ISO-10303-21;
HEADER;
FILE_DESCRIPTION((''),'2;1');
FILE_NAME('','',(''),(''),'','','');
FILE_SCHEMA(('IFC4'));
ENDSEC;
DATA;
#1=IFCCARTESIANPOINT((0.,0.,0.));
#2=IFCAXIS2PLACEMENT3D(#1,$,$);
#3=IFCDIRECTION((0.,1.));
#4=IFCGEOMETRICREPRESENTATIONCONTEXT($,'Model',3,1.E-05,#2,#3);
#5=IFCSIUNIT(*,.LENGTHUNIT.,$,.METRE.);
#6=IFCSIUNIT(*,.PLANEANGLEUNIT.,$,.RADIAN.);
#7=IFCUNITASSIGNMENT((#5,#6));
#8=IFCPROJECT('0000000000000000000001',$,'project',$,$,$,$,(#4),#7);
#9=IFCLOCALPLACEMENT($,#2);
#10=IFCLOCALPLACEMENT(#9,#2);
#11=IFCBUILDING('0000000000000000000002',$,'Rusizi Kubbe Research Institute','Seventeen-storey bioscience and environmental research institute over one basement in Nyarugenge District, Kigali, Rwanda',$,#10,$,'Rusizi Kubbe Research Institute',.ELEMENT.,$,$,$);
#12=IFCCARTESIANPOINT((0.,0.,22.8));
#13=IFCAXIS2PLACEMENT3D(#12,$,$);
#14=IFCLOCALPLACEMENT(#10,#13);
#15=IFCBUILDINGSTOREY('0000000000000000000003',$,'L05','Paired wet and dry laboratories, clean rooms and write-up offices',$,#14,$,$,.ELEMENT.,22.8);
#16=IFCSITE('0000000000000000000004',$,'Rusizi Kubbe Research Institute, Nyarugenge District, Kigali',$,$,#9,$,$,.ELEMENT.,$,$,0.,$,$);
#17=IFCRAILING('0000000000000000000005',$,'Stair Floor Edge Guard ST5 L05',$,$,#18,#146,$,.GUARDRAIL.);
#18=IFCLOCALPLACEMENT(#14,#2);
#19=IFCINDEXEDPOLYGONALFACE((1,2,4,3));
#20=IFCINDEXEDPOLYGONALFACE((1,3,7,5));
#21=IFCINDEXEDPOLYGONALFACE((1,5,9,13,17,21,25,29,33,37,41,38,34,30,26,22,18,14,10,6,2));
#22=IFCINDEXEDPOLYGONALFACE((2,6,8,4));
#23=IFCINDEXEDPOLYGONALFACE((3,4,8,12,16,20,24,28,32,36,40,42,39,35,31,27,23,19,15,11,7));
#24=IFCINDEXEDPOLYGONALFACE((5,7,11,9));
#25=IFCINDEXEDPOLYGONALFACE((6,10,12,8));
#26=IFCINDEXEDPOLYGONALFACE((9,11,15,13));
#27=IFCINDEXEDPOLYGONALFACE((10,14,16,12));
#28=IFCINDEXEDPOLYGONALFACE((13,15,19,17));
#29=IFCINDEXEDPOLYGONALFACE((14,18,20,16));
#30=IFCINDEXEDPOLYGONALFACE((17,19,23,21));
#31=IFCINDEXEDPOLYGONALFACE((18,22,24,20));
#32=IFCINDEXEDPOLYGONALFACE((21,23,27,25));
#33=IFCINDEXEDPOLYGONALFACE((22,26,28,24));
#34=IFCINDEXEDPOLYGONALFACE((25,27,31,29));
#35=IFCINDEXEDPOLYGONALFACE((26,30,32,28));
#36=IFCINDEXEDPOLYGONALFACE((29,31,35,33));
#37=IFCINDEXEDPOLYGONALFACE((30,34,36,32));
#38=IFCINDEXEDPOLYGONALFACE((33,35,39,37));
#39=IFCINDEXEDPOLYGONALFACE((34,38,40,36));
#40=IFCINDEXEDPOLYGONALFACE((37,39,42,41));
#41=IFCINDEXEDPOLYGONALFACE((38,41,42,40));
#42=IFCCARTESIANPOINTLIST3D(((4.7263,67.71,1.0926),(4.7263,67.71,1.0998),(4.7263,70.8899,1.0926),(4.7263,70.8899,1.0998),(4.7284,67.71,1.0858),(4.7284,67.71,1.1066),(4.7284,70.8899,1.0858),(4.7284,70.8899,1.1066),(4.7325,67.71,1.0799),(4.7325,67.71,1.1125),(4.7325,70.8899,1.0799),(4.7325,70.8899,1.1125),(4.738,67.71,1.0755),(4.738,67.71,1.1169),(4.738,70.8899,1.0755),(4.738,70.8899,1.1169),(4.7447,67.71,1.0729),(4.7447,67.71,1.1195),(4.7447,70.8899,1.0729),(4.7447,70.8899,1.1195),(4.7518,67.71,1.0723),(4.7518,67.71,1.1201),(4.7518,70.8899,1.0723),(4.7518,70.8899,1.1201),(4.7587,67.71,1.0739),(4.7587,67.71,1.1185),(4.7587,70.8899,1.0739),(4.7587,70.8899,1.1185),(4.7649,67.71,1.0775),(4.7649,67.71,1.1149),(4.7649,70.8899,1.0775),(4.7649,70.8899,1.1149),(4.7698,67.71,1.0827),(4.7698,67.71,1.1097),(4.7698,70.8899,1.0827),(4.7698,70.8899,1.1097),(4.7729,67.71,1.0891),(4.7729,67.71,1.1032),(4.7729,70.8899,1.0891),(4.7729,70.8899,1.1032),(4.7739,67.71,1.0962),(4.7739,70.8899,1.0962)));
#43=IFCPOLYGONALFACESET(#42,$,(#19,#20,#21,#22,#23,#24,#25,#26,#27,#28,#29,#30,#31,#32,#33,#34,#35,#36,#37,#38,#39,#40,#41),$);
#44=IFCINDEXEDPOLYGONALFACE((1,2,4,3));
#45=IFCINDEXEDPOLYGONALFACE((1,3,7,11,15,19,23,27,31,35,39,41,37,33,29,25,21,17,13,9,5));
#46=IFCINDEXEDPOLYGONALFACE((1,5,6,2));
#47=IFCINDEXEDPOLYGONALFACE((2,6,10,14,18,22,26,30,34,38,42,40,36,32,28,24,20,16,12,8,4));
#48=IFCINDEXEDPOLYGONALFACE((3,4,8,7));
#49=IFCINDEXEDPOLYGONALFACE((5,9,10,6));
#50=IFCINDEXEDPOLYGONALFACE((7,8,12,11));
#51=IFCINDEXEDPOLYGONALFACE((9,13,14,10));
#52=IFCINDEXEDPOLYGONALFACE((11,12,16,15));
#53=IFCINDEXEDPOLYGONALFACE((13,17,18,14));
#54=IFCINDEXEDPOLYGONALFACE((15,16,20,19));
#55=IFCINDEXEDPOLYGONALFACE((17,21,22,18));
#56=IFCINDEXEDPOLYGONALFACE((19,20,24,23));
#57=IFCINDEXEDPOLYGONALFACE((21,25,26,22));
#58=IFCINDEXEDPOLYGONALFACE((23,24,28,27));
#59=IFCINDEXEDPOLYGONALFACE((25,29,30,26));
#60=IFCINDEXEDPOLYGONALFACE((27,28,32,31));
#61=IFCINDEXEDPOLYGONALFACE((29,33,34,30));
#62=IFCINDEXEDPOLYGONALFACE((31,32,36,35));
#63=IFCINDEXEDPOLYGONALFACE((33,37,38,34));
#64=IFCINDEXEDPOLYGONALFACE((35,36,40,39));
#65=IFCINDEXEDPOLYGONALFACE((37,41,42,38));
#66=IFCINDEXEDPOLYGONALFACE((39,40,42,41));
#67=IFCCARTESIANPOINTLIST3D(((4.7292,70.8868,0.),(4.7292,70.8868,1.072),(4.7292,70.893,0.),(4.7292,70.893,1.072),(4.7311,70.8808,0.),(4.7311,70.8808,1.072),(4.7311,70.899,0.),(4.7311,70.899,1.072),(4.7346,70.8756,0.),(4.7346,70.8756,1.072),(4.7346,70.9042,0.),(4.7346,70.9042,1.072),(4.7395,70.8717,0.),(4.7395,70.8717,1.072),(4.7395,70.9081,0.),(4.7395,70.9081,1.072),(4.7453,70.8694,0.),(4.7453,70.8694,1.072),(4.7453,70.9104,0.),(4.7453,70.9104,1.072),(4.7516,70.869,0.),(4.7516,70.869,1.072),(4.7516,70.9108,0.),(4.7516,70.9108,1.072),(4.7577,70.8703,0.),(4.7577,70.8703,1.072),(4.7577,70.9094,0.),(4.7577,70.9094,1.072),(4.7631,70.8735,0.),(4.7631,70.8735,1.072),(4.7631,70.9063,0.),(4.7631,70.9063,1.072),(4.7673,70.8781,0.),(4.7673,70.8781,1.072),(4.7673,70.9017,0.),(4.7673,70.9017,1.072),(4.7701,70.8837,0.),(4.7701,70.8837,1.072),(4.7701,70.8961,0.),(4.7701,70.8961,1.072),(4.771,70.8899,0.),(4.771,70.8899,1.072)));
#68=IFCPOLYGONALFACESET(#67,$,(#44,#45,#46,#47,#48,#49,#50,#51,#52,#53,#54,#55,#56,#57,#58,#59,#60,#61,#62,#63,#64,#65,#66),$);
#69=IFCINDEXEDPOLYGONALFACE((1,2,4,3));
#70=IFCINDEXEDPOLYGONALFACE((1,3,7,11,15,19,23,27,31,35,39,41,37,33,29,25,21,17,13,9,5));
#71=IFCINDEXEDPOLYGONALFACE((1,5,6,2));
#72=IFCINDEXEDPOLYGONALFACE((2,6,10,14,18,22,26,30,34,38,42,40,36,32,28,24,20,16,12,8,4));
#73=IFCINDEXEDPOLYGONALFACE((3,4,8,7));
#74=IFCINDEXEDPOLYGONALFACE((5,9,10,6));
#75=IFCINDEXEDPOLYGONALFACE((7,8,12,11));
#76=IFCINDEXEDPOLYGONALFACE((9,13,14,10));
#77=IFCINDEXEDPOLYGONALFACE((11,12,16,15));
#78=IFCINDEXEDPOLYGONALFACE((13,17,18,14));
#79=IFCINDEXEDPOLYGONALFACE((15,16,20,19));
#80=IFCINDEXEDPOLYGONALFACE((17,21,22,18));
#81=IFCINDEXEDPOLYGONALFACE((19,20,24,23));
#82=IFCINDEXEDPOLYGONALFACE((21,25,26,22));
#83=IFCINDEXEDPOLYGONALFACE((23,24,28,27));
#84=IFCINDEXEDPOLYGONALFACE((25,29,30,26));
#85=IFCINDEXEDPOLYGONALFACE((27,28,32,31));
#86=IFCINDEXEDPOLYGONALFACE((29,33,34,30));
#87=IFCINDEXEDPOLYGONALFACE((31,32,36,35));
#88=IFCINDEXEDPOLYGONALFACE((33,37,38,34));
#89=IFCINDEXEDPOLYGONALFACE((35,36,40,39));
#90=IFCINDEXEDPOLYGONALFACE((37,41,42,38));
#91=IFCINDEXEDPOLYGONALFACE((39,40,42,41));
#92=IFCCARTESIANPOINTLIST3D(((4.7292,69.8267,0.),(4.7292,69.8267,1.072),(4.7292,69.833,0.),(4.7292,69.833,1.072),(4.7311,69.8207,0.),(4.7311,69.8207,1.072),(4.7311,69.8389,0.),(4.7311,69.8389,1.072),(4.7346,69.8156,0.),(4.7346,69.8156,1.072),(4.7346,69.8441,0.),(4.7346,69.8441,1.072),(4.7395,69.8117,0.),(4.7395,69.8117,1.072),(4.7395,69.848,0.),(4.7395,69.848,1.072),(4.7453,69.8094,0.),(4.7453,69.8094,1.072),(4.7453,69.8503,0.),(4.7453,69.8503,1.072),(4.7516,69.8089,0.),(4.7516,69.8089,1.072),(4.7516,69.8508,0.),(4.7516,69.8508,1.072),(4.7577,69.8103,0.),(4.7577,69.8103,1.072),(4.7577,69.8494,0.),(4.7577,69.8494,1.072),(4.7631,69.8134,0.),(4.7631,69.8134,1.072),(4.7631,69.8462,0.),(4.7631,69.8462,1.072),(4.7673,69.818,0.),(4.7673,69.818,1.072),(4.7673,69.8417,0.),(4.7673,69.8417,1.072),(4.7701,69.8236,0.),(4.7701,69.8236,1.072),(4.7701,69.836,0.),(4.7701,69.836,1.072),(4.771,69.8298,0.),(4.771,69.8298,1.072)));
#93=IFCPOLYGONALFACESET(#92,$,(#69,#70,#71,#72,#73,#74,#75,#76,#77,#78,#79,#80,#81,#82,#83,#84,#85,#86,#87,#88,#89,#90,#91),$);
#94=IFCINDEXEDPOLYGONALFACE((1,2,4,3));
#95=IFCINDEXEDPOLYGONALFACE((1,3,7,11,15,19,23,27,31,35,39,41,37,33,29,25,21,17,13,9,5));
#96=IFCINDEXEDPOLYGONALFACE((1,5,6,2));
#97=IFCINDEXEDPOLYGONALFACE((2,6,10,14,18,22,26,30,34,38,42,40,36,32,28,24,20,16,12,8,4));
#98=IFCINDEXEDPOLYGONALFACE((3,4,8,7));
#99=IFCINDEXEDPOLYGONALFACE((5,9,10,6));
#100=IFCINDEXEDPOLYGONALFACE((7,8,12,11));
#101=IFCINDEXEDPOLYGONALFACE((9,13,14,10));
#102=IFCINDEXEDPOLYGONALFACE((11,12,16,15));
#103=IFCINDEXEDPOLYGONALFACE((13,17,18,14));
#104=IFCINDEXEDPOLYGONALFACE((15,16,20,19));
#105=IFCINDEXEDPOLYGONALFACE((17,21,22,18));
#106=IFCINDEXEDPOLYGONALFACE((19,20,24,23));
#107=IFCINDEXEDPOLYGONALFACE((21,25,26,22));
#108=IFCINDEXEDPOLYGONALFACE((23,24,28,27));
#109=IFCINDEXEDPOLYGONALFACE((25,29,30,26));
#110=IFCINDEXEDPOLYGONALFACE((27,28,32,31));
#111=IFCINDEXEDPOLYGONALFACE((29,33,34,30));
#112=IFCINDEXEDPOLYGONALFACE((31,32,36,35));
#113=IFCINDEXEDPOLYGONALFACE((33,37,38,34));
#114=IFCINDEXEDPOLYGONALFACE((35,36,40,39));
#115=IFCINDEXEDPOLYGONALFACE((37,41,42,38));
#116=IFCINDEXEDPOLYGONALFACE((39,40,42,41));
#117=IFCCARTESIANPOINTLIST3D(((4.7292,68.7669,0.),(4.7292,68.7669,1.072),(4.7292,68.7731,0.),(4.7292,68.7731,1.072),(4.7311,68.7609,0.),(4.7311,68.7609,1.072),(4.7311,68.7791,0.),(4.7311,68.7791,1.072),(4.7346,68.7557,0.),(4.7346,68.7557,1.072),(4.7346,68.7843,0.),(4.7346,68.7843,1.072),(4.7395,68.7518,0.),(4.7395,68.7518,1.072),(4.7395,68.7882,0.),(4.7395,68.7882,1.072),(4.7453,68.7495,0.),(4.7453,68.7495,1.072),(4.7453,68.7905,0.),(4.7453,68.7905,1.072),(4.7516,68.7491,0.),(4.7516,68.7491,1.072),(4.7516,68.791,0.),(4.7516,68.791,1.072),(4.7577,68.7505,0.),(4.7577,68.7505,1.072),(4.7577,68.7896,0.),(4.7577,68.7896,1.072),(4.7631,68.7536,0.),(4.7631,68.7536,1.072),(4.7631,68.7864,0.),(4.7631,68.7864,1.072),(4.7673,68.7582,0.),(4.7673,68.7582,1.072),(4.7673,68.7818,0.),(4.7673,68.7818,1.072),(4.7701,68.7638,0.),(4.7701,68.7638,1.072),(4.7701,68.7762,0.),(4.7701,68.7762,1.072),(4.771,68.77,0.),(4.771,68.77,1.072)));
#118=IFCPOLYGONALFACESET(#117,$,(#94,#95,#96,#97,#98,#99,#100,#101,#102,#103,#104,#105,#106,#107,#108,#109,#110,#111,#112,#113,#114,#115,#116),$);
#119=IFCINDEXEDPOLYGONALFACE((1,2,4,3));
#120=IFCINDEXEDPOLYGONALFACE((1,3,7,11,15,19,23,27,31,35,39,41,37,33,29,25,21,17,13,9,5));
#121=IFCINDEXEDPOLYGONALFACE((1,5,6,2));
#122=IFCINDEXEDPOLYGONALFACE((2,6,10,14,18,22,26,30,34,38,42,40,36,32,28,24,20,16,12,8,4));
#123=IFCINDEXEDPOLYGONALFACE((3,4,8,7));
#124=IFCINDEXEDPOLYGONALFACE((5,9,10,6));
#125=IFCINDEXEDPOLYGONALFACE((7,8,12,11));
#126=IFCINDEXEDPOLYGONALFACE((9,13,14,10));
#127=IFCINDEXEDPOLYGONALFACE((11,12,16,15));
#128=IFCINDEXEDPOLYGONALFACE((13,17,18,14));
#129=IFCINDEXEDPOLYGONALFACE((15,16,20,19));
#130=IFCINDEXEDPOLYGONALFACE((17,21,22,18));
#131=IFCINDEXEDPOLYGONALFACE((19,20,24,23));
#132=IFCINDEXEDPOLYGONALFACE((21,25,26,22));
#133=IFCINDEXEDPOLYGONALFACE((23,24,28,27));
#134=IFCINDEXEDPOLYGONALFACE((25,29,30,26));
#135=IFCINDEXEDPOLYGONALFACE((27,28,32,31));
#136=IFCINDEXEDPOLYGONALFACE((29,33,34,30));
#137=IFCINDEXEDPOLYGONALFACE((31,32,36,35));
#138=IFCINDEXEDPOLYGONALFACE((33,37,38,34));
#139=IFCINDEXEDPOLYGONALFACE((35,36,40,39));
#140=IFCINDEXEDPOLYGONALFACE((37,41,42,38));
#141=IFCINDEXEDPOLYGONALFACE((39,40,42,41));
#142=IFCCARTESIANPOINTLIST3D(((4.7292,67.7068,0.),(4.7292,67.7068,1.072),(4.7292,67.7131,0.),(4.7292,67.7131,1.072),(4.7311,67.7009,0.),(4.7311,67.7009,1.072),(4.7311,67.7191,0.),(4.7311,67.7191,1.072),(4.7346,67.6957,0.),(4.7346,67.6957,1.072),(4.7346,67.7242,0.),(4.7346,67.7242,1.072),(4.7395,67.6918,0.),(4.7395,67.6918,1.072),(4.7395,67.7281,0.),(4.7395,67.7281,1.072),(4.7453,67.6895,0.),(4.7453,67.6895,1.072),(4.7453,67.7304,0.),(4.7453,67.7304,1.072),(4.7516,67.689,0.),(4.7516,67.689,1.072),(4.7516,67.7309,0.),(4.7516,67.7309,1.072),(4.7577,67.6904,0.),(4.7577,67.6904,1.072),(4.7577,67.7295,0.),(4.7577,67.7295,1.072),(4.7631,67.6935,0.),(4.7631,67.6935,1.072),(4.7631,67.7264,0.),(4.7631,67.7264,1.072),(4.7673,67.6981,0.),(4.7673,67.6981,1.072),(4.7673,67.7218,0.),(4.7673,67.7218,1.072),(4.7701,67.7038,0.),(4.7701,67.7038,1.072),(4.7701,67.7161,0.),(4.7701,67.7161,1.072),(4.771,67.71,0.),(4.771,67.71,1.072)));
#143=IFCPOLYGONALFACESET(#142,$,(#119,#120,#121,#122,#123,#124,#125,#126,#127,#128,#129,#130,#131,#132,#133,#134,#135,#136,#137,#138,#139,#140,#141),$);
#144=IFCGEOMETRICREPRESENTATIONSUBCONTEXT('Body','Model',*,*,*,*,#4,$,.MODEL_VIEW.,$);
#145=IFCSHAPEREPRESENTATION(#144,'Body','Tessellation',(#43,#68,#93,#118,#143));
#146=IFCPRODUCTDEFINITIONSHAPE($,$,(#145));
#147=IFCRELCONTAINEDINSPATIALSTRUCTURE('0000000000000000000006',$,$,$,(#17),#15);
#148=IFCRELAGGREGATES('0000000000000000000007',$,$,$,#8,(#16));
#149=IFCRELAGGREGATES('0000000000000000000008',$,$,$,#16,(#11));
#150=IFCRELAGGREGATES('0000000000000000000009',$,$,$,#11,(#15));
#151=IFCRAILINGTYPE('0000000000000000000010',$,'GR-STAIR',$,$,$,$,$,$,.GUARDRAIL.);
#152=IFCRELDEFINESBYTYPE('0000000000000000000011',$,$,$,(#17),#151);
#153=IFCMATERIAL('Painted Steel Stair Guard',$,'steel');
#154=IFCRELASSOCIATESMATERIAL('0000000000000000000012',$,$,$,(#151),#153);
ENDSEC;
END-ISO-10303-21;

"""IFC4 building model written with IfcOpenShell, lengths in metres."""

from ifc_helpers import new_model, si_unit, direction, frame, origin, origin_2d, place, context, subcontext, project, spatial, circle, extrude, material, type_object, element, save


model = new_model("IFC4")

# Units and contexts
model_context = context("Model", 3, precision=1e-05, world=origin(), true_north=direction((0.0, 1.0)))
body_context = subcontext(model_context, "Body", "Model", "MODEL_VIEW")
ifc_project = project(units=[si_unit("LENGTHUNIT", "METRE"), si_unit("PLANEANGLEUNIT", "RADIAN")], contexts=[model_context])

# Site, building, storey
site_placement = place(None, origin())
site = spatial("IfcSite", under=ifc_project, at=site_placement, Name="Rusizi Kubbe Research Institute, Nyarugenge District, Kigali", CompositionType="ELEMENT", RefElevation=0.0)
building_placement = place(site_placement, origin())
building = spatial("IfcBuilding", under=site, at=building_placement, Name="Rusizi Kubbe Research Institute", Description="Seventeen-storey bioscience and environmental research institute over one basement in Nyarugenge District, Kigali, Rwanda", LongName="Rusizi Kubbe Research Institute", CompositionType="ELEMENT")
storey_placement = place(building_placement, frame((0.0, 0.0, 22.8)))
storey = spatial("IfcBuildingStorey", under=building, at=storey_placement, Name="L05", Description="Paired wet and dry laboratories, clean rooms and write-up offices", CompositionType="ELEMENT", Elevation=22.8)

# Railing
ifc_material_1 = material(Name="Painted Steel Stair Guard", Category="steel")
railing_type_1 = type_object("IfcRailingType", Name="GR-STAIR", PredefinedType="GUARDRAIL", material=ifc_material_1)
railing_1_placement = place(storey_placement, frame((4.75, 70.8899, 0.0)))
element("IfcRailing", 1, at=railing_1_placement, inside=storey, type_object=railing_type_1, Name="Stair Floor Edge Guard ST5 L05", PredefinedType="GUARDRAIL", context=body_context, shape_type="SweptSolid", body=[
    extrude(circle(Radius=0.0239, at=origin_2d()), frame((0.0, 0.0, 1.0962), z_axis=(0.0, -1.0, 0.0), x_axis=(1.0, 0.0, 0.0)), (0.0, 0.0, 1.0), 3.1799),
    extrude(circle(Radius=0.021, at=origin_2d()), origin(), (0.0, 0.0, 1.0), 1.072),
    extrude(circle(Radius=0.021, at=origin_2d()), frame((0.0, -1.0601, 0.0)), (0.0, 0.0, 1.0), 1.072),
    extrude(circle(Radius=0.021, at=origin_2d()), frame((0.0, -2.1199, 0.0)), (0.0, 0.0, 1.0), 1.072),
    extrude(circle(Radius=0.021, at=origin_2d()), frame((0.0, -3.1799, 0.0)), (0.0, 0.0, 1.0), 1.072),
])

save(model, "model.ifc")
